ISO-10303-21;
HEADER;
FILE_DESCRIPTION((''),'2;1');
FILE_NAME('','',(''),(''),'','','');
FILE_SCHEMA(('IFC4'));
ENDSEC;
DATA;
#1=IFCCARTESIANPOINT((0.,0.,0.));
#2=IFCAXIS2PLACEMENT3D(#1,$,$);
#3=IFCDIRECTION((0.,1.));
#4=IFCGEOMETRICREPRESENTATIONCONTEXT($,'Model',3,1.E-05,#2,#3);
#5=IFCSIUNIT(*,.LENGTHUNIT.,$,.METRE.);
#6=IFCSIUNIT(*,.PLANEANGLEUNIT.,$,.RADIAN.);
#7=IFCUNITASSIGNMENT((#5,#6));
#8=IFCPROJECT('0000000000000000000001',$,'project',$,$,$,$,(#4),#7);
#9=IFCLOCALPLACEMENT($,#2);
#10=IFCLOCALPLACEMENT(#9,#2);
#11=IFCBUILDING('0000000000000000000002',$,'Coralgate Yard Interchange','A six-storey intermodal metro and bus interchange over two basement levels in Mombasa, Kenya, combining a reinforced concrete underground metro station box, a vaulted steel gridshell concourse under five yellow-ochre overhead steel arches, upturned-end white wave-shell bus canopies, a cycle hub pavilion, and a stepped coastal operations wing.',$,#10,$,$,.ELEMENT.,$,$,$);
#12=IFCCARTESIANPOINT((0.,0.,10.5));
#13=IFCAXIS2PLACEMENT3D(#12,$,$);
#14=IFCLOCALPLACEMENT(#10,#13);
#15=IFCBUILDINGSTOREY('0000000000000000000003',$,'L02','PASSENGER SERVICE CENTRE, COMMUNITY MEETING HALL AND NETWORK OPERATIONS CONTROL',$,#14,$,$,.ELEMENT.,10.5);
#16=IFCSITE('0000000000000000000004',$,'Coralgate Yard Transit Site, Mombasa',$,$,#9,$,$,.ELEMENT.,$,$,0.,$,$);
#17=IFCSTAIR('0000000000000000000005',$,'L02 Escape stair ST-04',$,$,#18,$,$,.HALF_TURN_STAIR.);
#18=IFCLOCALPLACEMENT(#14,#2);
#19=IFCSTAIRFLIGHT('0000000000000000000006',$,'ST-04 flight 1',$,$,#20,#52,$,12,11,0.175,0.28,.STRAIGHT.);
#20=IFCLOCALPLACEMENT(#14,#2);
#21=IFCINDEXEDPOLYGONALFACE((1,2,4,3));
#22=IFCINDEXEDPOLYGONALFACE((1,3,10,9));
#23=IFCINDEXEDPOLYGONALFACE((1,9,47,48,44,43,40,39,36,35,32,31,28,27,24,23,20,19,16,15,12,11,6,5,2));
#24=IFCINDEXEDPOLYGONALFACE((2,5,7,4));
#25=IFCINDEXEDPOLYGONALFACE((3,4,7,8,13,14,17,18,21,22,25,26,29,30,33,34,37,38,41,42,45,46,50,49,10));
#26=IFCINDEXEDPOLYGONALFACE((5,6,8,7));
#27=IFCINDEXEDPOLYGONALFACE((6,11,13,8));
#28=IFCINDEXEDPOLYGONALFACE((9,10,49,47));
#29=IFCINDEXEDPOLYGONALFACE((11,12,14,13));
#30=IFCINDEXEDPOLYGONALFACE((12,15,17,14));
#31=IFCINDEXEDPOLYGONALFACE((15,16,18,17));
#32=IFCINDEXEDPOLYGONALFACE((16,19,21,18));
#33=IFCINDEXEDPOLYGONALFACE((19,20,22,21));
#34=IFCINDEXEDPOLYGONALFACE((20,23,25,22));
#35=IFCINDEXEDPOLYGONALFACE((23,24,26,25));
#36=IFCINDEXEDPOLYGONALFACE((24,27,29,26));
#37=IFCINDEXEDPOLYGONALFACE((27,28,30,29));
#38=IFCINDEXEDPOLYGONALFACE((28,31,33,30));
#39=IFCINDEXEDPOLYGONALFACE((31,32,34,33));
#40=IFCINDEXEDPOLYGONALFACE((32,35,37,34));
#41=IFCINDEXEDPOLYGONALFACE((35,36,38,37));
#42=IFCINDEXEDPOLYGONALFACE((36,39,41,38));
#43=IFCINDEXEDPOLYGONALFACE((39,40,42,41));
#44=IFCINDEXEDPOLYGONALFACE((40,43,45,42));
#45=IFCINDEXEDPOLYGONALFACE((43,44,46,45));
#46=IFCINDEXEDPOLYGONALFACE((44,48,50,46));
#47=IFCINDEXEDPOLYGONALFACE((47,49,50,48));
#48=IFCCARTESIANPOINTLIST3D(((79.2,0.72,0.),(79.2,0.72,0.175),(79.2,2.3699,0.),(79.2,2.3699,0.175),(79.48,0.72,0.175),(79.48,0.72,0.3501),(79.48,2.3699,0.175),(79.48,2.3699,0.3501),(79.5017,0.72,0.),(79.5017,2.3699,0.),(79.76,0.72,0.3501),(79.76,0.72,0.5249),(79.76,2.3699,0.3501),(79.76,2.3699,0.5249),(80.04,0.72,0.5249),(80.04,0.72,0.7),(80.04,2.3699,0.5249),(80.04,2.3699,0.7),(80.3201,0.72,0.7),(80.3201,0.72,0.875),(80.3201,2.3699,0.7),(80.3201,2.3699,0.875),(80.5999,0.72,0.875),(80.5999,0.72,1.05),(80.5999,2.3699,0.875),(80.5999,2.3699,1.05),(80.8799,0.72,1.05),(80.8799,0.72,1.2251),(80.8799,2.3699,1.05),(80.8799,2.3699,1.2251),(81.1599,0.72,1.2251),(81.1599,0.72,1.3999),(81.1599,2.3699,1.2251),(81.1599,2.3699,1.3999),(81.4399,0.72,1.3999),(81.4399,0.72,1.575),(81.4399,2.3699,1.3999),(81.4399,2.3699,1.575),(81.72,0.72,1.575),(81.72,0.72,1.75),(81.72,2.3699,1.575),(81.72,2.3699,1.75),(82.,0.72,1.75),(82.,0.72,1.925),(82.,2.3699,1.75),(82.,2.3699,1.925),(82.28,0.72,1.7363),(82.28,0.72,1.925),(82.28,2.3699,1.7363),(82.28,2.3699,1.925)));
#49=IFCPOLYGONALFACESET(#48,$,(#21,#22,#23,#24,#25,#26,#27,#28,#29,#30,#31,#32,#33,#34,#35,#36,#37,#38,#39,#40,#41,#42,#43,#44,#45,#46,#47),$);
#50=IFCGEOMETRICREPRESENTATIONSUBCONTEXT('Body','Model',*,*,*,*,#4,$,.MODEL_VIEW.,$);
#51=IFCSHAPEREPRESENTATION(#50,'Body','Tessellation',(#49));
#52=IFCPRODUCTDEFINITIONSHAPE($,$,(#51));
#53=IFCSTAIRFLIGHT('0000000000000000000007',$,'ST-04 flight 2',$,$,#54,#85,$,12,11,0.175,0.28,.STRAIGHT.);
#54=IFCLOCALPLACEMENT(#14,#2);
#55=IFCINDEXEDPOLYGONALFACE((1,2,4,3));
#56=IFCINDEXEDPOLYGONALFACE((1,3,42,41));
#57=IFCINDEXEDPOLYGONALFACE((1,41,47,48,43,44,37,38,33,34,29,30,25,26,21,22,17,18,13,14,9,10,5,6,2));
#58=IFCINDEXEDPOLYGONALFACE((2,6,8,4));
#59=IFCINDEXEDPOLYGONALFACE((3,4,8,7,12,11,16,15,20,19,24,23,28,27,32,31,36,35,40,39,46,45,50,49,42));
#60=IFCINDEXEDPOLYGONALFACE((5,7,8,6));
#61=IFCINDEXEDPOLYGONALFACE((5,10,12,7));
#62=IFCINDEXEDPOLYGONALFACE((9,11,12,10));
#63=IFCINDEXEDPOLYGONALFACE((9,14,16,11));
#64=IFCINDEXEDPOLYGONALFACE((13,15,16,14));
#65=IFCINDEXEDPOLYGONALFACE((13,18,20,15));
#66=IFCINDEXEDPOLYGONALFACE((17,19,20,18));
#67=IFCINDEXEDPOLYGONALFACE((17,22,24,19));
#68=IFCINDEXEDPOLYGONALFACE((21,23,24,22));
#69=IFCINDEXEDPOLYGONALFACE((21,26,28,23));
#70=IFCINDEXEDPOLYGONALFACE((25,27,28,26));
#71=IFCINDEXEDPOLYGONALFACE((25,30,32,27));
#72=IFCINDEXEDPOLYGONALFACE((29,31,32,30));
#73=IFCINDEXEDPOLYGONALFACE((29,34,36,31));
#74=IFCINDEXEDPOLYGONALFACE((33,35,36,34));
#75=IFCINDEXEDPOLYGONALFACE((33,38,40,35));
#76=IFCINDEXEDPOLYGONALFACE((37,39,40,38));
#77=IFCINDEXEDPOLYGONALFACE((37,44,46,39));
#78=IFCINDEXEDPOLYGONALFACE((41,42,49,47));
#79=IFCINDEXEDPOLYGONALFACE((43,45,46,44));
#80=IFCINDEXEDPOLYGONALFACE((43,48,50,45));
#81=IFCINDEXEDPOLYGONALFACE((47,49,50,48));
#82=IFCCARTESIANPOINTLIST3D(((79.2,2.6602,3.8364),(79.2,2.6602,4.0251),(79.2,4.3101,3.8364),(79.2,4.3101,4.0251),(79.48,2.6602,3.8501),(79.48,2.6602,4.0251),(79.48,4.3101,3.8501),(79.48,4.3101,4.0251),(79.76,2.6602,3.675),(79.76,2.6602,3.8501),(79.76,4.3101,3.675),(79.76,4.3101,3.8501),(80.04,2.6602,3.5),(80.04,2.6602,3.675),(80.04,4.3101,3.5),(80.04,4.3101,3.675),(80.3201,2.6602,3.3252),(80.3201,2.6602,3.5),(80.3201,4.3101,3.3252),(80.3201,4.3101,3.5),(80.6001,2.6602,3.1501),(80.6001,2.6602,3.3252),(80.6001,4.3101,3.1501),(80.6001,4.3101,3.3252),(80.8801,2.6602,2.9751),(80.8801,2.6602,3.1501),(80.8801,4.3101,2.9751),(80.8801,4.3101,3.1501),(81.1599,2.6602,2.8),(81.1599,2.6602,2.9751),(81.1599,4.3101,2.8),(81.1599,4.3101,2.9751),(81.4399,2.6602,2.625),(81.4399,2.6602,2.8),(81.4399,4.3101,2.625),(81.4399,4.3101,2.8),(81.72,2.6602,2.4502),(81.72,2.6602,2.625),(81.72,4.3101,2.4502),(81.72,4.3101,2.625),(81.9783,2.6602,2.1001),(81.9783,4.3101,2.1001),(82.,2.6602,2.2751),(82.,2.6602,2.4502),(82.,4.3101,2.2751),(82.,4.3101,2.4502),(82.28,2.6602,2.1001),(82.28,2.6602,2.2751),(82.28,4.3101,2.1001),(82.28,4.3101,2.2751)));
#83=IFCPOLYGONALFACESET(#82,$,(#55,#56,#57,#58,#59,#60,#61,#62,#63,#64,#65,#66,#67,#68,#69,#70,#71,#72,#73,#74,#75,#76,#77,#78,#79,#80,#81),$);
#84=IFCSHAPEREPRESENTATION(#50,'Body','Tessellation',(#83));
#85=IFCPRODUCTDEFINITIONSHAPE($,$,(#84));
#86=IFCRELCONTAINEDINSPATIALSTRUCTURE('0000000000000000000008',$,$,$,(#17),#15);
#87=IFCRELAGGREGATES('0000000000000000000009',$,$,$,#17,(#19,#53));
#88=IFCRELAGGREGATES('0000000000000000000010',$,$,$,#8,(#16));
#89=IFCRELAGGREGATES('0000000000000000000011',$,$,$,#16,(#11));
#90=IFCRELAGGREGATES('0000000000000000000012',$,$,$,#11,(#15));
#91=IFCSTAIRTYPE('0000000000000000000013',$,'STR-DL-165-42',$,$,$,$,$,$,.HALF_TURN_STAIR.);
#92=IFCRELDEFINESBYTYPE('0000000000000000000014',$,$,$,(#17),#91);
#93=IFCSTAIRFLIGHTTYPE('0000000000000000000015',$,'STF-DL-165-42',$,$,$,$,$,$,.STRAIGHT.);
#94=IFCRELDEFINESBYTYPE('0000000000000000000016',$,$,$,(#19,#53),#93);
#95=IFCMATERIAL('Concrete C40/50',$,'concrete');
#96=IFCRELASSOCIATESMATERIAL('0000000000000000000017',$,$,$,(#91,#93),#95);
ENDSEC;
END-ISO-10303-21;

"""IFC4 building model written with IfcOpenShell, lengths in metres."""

from ifc_helpers import new_model, si_unit, direction, frame, origin, place, context, subcontext, project, spatial, polyline, outline, extrude, material, type_object, element, aggregate, save


model = new_model("IFC4")

# Units and contexts
model_context = context("Model", 3, precision=1e-05, world=origin(), true_north=direction((0.0, 1.0)))
body_context = subcontext(model_context, "Body", "Model", "MODEL_VIEW")
ifc_project = project(units=[si_unit("LENGTHUNIT", "METRE"), si_unit("PLANEANGLEUNIT", "RADIAN")], contexts=[model_context])

# Site, building, storey
site_placement = place(None, origin())
site = spatial("IfcSite", under=ifc_project, at=site_placement, Name="Coralgate Yard Transit Site, Mombasa", CompositionType="ELEMENT", RefElevation=0.0)
building_placement = place(site_placement, origin())
building = spatial("IfcBuilding", under=site, at=building_placement, Name="Coralgate Yard Interchange", Description="A six-storey intermodal metro and bus interchange over two basement levels in Mombasa, Kenya, combining a reinforced concrete underground metro station box, a vaulted steel gridshell concourse under five yellow-ochre overhead steel arches, upturned-end white wave-shell bus canopies, a cycle hub pavilion, and a stepped coastal operations wing.", CompositionType="ELEMENT")
storey_placement = place(building_placement, frame((0.0, 0.0, 10.5)))
storey = spatial("IfcBuildingStorey", under=building, at=storey_placement, Name="L02", Description="PASSENGER SERVICE CENTRE, COMMUNITY MEETING HALL AND NETWORK OPERATIONS CONTROL", CompositionType="ELEMENT", Elevation=10.5)

# Shared definitions
ifc_material_1 = material(Name="Concrete C40/50", Category="concrete")

# Stair, stair flights
stair_type = type_object("IfcStairType", Name="STR-DL-165-42", PredefinedType="HALF_TURN_STAIR", material=ifc_material_1)
stair_placement = place(storey_placement, origin())
stair = element("IfcStair", 1, at=stair_placement, inside=storey, type_object=stair_type, Name="L02 Escape stair ST-04", PredefinedType="HALF_TURN_STAIR")
stair_flight_type = type_object("IfcStairFlightType", Name="STF-DL-165-42", PredefinedType="STRAIGHT", material=ifc_material_1)
stair_flight_1_placement = place(storey_placement, frame((79.2, 1.5449, 0.0), z_axis=(0.0, 0.0, 1.0), x_axis=(1.0, 0.0, 0.0)))
stair_flight_1 = element("IfcStairFlight", 2, at=stair_flight_1_placement, type_object=stair_flight_type, Name="ST-04 flight 1", NumberOfRisers=12, NumberOfTreads=11, PredefinedType="STRAIGHT", RiserHeight=0.175, TreadLength=0.28, context=body_context, shape_type="SweptSolid", body=[
    extrude(outline(polyline([(0.0, 0.0), (0.0, 0.175), (0.28, 0.175), (0.28, 0.3501), (0.5601, 0.3501), (0.5601, 0.5249), (0.8401, 0.5249), (0.8401, 0.7), (1.1201, 0.7), (1.1201, 0.875), (1.3999, 0.875), (1.3999, 1.05), (1.6799, 1.05), (1.6799, 1.2251), (1.96, 1.2251), (1.96, 1.3999), (2.24, 1.3999), (2.24, 1.575), (2.52, 1.575), (2.52, 1.75), (2.8, 1.75), (2.8, 1.925), (3.0801, 1.925), (3.0801, 2.1001), (3.0801, 1.7363), (0.3018, 0.0), (0.0, 0.0)])), frame((0.0, 0.825, 0.0), z_axis=(0.0, -1.0, 0.0), x_axis=(1.0, 0.0, 0.0)), (0.0, 0.0, 1.0), 1.6499),
])
stair_flight_2_placement = place(storey_placement, frame((82.28, 3.4851, 2.1001), z_axis=(0.0, 0.0, 1.0), x_axis=(-1.0, 0.0, 0.0)))
stair_flight_2 = element("IfcStairFlight", 3, at=stair_flight_2_placement, type_object=stair_flight_type, Name="ST-04 flight 2", NumberOfRisers=12, NumberOfTreads=11, PredefinedType="STRAIGHT", RiserHeight=0.175, TreadLength=0.28, context=body_context, shape_type="SweptSolid", body=[
    extrude(outline(polyline([(0.0, 0.0), (0.0, 0.175), (0.28, 0.175), (0.28, 0.3501), (0.5601, 0.3501), (0.5601, 0.5249), (0.8401, 0.5249), (0.8401, 0.7), (1.1201, 0.7), (1.1201, 0.875), (1.3999, 0.875), (1.3999, 1.05), (1.6799, 1.05), (1.6799, 1.2251), (1.96, 1.2251), (1.96, 1.3999), (2.24, 1.3999), (2.24, 1.575), (2.52, 1.575), (2.52, 1.75), (2.8, 1.75), (2.8, 1.925), (3.0801, 1.925), (3.0801, 2.1001), (3.0801, 1.7363), (0.3018, 0.0), (0.0, 0.0)])), frame((0.0, 0.825, 0.0), z_axis=(0.0, -1.0, 0.0), x_axis=(1.0, 0.0, 0.0)), (0.0, 0.0, 1.0), 1.6499),
])
aggregate(stair, [stair_flight_1, stair_flight_2])

save(model, "model.ifc")
